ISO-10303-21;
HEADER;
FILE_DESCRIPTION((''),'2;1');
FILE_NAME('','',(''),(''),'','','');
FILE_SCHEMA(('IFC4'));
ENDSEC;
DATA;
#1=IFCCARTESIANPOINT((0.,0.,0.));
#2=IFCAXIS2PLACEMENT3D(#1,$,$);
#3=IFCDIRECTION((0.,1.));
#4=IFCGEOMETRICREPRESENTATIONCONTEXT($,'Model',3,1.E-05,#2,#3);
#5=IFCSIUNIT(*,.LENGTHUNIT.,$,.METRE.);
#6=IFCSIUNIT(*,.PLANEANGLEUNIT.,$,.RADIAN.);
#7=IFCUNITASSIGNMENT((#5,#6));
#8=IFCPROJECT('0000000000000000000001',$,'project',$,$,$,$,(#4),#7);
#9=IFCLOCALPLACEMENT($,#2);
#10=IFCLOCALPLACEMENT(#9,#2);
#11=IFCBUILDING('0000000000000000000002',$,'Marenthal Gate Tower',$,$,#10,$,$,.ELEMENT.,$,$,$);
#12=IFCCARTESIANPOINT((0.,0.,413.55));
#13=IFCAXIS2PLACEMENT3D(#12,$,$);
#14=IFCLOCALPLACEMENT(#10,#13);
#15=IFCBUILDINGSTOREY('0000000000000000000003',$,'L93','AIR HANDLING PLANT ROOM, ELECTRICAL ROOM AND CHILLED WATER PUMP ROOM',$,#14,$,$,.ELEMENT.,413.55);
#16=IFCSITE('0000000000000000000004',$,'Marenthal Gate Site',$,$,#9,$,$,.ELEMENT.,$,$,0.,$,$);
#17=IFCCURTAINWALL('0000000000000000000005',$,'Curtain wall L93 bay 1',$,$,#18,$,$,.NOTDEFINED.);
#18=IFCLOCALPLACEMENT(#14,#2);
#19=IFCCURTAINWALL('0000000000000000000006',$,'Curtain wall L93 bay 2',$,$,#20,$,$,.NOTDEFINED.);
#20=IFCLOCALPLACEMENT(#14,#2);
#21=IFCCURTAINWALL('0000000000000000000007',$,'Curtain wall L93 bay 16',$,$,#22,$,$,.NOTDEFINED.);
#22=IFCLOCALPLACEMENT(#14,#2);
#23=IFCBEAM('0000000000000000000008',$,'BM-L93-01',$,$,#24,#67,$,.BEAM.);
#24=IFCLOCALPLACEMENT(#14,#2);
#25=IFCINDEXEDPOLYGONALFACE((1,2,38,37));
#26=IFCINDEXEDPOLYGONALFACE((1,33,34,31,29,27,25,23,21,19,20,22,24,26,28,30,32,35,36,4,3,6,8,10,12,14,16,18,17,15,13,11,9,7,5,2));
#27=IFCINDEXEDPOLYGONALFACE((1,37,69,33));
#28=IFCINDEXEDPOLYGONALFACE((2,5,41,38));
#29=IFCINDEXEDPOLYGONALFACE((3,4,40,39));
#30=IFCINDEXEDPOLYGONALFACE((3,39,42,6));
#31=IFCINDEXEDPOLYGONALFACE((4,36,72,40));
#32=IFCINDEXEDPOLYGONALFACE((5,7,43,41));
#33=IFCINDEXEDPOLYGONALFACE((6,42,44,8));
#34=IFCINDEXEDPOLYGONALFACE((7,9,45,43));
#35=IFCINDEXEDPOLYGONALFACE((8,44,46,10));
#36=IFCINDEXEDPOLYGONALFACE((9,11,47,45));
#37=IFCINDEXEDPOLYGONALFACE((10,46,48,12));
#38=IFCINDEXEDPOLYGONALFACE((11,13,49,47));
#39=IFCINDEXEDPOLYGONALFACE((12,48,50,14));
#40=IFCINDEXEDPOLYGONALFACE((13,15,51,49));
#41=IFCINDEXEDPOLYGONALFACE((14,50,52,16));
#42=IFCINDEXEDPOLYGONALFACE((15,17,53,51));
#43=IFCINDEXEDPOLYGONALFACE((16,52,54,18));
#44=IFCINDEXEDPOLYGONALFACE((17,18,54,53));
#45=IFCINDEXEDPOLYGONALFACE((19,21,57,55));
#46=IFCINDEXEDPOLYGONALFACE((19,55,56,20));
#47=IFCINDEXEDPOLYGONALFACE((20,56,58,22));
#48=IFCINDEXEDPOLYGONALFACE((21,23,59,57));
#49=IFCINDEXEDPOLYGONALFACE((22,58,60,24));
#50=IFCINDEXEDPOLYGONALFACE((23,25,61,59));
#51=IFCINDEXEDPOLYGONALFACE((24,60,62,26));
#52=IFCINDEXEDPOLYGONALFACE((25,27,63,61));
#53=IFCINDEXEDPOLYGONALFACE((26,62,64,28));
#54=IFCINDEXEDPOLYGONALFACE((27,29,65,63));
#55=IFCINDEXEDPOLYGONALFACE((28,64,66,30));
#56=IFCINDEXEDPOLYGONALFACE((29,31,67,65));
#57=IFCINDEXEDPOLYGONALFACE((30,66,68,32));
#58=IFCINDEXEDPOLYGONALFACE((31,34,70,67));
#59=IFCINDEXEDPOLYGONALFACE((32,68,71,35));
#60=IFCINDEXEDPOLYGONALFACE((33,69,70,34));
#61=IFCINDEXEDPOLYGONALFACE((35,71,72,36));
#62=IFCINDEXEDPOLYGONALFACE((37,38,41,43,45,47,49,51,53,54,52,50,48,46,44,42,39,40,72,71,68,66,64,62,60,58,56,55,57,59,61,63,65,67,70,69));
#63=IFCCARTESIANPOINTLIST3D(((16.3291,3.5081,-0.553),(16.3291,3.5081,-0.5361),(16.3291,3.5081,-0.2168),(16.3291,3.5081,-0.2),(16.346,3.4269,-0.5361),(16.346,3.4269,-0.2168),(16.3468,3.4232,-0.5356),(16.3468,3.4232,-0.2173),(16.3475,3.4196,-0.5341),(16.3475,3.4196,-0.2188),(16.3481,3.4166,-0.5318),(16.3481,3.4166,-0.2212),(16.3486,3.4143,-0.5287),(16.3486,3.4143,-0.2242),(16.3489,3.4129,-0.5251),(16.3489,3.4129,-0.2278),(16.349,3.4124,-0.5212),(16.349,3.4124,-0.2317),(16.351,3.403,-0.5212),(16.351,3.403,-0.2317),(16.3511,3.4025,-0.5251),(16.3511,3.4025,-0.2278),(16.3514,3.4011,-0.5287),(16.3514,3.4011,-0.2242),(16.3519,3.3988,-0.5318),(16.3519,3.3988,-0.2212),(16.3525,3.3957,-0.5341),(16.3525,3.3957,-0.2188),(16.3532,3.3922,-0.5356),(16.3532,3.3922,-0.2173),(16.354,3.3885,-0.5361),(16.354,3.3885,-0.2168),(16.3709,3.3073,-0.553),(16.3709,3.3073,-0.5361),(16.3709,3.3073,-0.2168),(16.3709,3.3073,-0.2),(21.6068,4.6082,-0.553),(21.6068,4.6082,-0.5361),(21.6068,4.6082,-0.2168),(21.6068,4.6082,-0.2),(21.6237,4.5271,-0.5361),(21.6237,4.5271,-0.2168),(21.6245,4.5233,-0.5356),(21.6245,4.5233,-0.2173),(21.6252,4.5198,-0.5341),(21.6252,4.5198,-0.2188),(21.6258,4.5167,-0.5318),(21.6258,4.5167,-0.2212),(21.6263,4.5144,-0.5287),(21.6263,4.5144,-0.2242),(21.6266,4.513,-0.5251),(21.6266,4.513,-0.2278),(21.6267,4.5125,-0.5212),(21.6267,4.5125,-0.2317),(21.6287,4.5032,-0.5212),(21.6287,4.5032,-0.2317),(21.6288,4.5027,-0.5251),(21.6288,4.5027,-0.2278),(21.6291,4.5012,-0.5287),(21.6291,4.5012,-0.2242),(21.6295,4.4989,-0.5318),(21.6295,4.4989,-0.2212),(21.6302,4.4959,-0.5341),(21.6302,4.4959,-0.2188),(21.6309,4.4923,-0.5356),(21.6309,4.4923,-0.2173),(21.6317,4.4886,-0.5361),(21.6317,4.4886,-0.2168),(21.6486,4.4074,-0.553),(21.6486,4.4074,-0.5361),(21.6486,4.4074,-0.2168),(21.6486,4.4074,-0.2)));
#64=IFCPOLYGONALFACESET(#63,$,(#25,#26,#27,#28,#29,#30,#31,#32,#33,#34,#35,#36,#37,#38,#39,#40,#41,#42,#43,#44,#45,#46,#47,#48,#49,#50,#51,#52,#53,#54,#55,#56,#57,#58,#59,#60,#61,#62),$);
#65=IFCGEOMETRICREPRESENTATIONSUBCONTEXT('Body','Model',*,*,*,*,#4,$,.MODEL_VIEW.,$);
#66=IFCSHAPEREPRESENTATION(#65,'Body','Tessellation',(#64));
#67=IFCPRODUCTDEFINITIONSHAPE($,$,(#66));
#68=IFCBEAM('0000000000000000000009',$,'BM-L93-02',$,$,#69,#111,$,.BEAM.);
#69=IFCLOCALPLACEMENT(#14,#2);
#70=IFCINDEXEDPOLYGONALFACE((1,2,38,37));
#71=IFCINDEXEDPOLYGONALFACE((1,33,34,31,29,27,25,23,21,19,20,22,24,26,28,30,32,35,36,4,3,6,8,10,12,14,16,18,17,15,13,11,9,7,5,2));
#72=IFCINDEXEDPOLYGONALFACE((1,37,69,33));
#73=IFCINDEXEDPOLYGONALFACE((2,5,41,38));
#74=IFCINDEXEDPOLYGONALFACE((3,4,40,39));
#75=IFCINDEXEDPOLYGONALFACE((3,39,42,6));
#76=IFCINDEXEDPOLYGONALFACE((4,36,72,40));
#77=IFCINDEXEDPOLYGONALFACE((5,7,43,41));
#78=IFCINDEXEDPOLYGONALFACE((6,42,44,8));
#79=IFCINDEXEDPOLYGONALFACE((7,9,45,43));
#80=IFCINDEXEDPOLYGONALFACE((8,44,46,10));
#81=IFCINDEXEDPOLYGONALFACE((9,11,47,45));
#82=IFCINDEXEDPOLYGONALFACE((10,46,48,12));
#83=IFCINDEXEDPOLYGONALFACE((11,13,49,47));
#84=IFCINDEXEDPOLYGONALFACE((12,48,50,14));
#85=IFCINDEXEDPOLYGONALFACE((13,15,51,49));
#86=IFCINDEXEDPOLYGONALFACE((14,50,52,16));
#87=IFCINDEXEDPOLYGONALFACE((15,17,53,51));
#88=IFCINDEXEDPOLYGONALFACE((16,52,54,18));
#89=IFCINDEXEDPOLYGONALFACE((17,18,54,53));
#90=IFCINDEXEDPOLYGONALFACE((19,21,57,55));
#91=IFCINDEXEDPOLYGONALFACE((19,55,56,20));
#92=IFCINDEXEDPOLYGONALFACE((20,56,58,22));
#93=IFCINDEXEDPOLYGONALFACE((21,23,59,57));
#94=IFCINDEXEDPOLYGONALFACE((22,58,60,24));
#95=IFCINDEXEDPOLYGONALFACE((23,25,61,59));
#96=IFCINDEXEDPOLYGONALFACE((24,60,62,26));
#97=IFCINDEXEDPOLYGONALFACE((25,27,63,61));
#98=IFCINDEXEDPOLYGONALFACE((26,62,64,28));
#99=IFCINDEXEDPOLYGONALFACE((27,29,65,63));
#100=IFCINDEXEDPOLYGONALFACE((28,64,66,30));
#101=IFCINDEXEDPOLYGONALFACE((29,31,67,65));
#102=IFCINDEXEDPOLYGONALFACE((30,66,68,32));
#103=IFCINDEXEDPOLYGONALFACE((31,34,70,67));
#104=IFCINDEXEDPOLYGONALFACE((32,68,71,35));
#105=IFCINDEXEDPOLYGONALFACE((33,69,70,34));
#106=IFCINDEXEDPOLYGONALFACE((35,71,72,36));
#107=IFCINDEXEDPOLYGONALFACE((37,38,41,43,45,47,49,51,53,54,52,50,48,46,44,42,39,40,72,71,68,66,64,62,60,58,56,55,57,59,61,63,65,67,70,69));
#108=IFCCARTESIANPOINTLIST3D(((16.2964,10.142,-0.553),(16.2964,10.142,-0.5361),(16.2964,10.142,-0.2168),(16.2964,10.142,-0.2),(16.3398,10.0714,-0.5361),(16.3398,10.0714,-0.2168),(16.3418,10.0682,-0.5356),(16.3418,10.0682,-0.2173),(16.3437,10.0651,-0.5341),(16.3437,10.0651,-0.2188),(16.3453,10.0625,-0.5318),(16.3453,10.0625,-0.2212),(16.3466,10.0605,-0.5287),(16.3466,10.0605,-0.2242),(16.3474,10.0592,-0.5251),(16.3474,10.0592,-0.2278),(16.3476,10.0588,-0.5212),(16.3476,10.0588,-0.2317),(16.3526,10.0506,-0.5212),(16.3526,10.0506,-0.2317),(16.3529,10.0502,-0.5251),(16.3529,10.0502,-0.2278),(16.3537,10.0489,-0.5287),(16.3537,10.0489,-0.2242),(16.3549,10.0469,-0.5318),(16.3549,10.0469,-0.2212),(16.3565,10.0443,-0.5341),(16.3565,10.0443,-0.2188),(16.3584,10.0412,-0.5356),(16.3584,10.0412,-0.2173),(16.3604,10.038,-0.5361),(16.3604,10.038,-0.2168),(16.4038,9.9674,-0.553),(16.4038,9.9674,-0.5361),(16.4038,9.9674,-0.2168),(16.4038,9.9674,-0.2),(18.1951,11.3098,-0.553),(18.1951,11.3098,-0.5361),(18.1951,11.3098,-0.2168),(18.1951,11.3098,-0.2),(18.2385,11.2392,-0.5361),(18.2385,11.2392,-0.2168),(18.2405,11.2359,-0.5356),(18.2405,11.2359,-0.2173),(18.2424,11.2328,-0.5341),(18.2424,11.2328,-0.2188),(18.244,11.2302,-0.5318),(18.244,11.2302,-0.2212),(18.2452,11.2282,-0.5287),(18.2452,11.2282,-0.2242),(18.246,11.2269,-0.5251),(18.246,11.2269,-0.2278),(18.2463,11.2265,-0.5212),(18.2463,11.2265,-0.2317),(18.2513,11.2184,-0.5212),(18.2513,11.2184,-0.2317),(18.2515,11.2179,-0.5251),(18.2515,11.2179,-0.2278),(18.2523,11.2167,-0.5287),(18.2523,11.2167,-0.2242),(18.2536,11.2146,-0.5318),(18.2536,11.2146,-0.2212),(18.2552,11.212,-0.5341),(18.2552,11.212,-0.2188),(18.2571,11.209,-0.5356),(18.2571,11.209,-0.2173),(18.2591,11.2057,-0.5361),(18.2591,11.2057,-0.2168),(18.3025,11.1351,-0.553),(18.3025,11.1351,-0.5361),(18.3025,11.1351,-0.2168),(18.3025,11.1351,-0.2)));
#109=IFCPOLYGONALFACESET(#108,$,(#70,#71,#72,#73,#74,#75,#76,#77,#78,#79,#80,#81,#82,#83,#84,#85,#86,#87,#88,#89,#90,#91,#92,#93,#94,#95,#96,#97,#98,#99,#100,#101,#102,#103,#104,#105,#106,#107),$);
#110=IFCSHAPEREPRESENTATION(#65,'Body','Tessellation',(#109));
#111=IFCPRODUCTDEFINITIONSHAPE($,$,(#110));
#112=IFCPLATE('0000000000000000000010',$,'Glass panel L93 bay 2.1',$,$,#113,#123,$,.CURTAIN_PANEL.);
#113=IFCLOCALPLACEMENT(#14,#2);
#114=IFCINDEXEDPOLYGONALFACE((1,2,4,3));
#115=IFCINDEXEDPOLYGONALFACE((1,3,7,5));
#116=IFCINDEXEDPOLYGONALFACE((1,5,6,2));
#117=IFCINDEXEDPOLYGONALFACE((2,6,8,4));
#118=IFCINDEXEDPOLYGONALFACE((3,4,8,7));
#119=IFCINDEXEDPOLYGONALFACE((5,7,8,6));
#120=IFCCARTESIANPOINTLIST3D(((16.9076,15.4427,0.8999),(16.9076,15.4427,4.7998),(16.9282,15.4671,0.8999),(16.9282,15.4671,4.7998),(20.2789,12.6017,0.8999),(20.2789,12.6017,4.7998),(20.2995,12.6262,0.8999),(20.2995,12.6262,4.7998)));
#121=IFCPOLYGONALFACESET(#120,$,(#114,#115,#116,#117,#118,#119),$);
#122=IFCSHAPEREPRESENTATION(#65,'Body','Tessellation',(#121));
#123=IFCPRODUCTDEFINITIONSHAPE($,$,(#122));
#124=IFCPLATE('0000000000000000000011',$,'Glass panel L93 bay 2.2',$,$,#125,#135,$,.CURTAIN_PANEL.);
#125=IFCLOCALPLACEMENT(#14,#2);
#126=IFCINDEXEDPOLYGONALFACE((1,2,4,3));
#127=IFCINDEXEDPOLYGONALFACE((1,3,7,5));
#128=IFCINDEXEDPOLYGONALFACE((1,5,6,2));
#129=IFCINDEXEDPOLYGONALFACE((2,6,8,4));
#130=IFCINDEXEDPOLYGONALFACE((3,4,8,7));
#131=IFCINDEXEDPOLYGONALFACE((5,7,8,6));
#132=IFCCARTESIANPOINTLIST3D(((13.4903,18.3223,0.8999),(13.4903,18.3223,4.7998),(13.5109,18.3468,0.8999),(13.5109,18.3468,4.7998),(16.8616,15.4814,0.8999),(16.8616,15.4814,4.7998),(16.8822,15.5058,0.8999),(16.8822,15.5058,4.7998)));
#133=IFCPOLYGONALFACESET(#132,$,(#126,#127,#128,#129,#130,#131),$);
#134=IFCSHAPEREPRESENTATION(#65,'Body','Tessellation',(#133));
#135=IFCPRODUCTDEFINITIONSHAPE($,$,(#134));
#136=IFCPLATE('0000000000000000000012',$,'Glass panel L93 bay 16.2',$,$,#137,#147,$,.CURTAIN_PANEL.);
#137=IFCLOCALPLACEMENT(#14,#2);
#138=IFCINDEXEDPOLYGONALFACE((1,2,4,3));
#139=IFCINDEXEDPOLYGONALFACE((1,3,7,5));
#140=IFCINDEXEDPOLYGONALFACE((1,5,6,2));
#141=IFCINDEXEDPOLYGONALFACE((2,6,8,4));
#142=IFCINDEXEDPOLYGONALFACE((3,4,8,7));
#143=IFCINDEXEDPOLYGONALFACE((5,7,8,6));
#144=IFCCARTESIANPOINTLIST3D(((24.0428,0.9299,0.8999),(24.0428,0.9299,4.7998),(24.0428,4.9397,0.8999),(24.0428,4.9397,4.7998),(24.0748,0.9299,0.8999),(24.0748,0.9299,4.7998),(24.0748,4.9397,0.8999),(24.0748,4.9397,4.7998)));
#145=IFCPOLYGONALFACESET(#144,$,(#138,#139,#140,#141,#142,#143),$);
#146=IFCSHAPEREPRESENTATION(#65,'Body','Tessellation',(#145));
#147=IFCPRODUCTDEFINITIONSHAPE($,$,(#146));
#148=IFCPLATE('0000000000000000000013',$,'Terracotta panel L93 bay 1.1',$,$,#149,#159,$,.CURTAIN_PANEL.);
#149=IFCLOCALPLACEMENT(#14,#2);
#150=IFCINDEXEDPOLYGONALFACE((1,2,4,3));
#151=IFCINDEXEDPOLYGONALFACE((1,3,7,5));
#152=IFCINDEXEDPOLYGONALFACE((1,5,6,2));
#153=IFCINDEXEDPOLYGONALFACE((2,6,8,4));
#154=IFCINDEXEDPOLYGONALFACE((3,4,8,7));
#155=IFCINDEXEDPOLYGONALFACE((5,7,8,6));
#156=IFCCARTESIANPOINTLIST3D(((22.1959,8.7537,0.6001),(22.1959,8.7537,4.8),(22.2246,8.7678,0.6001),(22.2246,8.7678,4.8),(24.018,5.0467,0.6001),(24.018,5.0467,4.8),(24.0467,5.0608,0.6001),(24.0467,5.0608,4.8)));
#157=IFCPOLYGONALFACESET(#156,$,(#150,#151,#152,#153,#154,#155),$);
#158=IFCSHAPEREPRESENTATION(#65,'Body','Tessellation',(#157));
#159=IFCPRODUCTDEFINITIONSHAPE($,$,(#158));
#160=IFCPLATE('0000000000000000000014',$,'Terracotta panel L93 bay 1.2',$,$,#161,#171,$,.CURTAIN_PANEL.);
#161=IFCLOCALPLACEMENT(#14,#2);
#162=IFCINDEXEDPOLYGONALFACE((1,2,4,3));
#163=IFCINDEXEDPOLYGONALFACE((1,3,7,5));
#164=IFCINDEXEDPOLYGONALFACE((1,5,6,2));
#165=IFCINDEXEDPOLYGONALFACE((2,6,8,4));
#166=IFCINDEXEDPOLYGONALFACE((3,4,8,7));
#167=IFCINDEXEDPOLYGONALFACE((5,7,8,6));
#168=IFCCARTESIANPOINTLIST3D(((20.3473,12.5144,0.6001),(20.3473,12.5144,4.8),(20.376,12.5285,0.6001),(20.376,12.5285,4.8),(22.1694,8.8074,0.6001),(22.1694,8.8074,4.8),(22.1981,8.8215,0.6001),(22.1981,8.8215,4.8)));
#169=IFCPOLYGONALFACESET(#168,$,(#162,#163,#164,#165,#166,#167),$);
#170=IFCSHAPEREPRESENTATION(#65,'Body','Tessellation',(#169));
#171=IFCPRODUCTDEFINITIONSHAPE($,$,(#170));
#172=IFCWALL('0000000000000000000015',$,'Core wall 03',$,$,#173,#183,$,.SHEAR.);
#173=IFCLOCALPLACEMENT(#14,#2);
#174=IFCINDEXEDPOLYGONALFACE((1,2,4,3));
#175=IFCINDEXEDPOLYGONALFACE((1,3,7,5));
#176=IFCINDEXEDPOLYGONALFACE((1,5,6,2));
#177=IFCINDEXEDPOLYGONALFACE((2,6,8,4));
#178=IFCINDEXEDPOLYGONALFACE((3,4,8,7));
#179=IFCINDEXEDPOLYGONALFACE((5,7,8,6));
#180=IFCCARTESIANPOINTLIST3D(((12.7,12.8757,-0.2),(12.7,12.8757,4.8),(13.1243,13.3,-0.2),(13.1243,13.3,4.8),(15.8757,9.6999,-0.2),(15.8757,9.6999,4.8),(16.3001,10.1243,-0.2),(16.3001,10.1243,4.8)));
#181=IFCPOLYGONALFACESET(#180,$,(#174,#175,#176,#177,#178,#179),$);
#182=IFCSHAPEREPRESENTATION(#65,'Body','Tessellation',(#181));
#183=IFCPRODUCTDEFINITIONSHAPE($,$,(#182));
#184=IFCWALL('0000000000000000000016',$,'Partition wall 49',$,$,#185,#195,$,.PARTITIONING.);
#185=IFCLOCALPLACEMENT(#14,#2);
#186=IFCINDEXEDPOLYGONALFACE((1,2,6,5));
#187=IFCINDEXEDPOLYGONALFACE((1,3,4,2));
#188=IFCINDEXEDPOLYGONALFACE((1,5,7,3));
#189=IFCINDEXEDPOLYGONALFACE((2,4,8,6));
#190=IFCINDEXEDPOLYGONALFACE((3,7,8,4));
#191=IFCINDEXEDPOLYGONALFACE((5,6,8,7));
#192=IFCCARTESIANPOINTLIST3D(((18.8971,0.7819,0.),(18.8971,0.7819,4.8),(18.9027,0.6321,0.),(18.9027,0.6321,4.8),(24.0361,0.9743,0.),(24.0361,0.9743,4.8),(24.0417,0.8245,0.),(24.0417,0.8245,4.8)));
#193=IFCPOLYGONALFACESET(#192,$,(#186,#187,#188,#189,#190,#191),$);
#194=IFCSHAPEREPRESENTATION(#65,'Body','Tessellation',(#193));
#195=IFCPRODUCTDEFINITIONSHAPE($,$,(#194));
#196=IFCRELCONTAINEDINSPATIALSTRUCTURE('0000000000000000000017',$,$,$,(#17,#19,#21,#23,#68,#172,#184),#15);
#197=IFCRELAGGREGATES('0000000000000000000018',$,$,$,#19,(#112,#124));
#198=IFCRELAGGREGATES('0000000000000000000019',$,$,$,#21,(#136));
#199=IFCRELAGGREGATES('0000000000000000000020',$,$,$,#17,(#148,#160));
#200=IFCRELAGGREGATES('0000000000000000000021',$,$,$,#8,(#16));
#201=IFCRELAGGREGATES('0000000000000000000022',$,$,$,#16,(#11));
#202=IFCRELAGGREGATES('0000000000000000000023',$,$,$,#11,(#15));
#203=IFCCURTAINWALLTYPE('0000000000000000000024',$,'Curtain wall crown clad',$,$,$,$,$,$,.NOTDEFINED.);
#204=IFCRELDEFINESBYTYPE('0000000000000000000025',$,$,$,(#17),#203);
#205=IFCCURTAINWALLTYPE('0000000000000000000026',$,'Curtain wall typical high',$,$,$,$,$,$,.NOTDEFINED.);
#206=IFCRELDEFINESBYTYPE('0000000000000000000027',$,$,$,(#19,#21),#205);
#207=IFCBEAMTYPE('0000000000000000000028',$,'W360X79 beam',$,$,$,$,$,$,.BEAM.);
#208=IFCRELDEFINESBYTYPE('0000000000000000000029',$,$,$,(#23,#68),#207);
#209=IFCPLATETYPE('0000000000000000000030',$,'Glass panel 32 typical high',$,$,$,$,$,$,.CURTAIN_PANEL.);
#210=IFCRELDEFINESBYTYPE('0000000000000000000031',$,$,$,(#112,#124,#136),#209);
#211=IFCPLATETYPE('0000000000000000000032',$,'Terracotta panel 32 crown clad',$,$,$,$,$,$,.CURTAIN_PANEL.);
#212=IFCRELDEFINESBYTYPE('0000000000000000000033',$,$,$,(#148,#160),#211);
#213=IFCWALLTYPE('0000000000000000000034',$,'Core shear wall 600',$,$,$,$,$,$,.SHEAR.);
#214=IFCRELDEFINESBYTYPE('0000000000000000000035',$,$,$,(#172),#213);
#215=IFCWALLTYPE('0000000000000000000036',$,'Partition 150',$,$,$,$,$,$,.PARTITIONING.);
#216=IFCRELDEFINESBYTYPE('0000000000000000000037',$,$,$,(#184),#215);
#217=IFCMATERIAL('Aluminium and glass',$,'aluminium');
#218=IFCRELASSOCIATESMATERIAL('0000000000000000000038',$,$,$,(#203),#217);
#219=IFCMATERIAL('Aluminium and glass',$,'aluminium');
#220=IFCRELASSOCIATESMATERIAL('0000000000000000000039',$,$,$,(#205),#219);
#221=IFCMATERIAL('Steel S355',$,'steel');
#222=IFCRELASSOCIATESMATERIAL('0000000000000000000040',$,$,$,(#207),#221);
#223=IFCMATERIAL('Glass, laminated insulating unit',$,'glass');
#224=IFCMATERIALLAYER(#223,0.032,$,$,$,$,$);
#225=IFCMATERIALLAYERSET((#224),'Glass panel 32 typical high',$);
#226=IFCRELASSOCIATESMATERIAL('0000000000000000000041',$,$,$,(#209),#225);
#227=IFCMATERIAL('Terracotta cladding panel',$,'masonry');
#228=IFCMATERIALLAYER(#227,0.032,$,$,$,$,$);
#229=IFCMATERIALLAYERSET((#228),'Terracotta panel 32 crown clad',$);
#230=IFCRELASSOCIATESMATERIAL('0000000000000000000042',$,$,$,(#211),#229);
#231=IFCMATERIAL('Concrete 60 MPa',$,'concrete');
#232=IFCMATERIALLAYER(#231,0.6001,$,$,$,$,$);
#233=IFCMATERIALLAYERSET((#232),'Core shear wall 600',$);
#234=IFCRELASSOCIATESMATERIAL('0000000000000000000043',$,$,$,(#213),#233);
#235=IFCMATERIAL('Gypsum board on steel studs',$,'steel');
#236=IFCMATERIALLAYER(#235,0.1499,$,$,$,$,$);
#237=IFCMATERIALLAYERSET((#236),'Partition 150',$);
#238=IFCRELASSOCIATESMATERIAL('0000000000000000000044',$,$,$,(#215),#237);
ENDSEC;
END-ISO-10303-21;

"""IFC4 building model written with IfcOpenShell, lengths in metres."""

from ifc_helpers import new_model, si_unit, direction, frame, frame_2d, origin, origin_2d, place, context, subcontext, project, spatial, rectangle, i_section, extrude, material, layer, layer_set, material_profile, profile_set, type_object, element, aggregate, save


model = new_model("IFC4")

# Units and contexts
model_context = context("Model", 3, precision=1e-05, world=origin(), true_north=direction((0.0, 1.0)))
body_context = subcontext(model_context, "Body", "Model", "MODEL_VIEW")
ifc_project = project(units=[si_unit("LENGTHUNIT", "METRE"), si_unit("PLANEANGLEUNIT", "RADIAN")], contexts=[model_context])

# Site, building, storey
site_placement = place(None, origin())
site = spatial("IfcSite", under=ifc_project, at=site_placement, Name="Marenthal Gate Site", CompositionType="ELEMENT", RefElevation=0.0)
building_placement = place(site_placement, origin())
building = spatial("IfcBuilding", under=site, at=building_placement, Name="Marenthal Gate Tower", CompositionType="ELEMENT")
storey_placement = place(building_placement, frame((0.0, 0.0, 413.55)))
storey = spatial("IfcBuildingStorey", under=building, at=storey_placement, Name="L93", Description="AIR HANDLING PLANT ROOM, ELECTRICAL ROOM AND CHILLED WATER PUMP ROOM", CompositionType="ELEMENT", Elevation=413.55)

# Curtain wall
ifc_material_1 = material(Name="Aluminium and glass", Category="aluminium")
curtain_wall_type_1 = type_object("IfcCurtainWallType", Name="Curtain wall crown clad", PredefinedType="NOTDEFINED", material=ifc_material_1)
curtain_wall_1_placement = place(storey_placement, origin())
curtain_wall_1 = element("IfcCurtainWall", 1, at=curtain_wall_1_placement, inside=storey, type_object=curtain_wall_type_1, Name="Curtain wall L93 bay 1", PredefinedType="NOTDEFINED")

# Curtain walls
ifc_material_2 = material(Name="Aluminium and glass", Category="aluminium")
curtain_wall_type_2 = type_object("IfcCurtainWallType", Name="Curtain wall typical high", PredefinedType="NOTDEFINED", material=ifc_material_2)
curtain_wall_2_placement = place(storey_placement, origin())
curtain_wall_2 = element("IfcCurtainWall", 2, at=curtain_wall_2_placement, inside=storey, type_object=curtain_wall_type_2, Name="Curtain wall L93 bay 2", PredefinedType="NOTDEFINED")
curtain_wall_3_placement = place(storey_placement, origin())
curtain_wall_3 = element("IfcCurtainWall", 3, at=curtain_wall_3_placement, inside=storey, type_object=curtain_wall_type_2, Name="Curtain wall L93 bay 16", PredefinedType="NOTDEFINED")

# Beams
ifc_material_3 = material(Name="Steel S355", Category="steel")
ifc_material_profile_1 = material_profile(ifc_material_3, i_section(OverallWidth=0.2051, OverallDepth=0.353, WebThickness=0.0095, FlangeThickness=0.0168, FilletRadius=0.0149, at=origin_2d()), Name="W360X79")
ifc_profile_set_1 = profile_set([ifc_material_profile_1], Name="Steel S355")
beam_type_1 = type_object("IfcBeamType", Name="W360X79 beam", PredefinedType="BEAM", material=ifc_profile_set_1)
beam_1_placement = place(storey_placement, frame((21.6277, 4.5078, -0.3765), z_axis=(-0.978958, -0.204061, 0.0), x_axis=(0.204061, -0.978958, 0.0)))
element("IfcBeam", 4, at=beam_1_placement, inside=storey, type_object=beam_type_1, Name="BM-L93-01", PredefinedType="BEAM", context=body_context, shape_type="SweptSolid", body=[
    extrude(i_section(OverallWidth=0.2051, OverallDepth=0.353, WebThickness=0.0095, FlangeThickness=0.0168, FilletRadius=0.0149, at=origin_2d()), origin(), (0.0, 0.0, 1.0), 5.3911),
])
beam_2_placement = place(storey_placement, frame((18.2488, 11.2224, -0.3765), z_axis=(-0.851797, -0.523871, 0.0), x_axis=(0.523871, -0.851797, 0.0)))
element("IfcBeam", 5, at=beam_2_placement, inside=storey, type_object=beam_type_1, Name="BM-L93-02", PredefinedType="BEAM", context=body_context, shape_type="SweptSolid", body=[
    extrude(i_section(OverallWidth=0.2051, OverallDepth=0.353, WebThickness=0.0095, FlangeThickness=0.0168, FilletRadius=0.0149, at=origin_2d()), origin(), (0.0, 0.0, 1.0), 2.229),
])

# Plates
ifc_material_4 = material(Name="Glass, laminated insulating unit", Category="glass")
ifc_layer_1 = layer(ifc_material_4, 0.032)
ifc_layer_set_1 = layer_set([ifc_layer_1], Name="Glass panel 32 typical high")
plate_type_1 = type_object("IfcPlateType", Name="Glass panel 32 typical high", PredefinedType="CURTAIN_PANEL", material=ifc_layer_set_1)
plate_1_placement = place(storey_placement, frame((18.6035, 14.0344, 0.8999), z_axis=(0.0, 0.0, 1.0), x_axis=(-0.764693, 0.644394, 0.0)))
plate_1 = element("IfcPlate", 6, at=plate_1_placement, type_object=plate_type_1, Name="Glass panel L93 bay 2.1", PredefinedType="CURTAIN_PANEL", context=body_context, shape_type="SweptSolid", body=[
    extrude(rectangle(XDim=4.4087, YDim=0.032, at=origin_2d()), origin(), (0.0, 0.0, 1.0), 3.8999),
])
plate_2_placement = place(storey_placement, frame((15.1863, 16.9141, 0.8999), z_axis=(0.0, 0.0, 1.0), x_axis=(-0.764693, 0.644394, 0.0)))
plate_2 = element("IfcPlate", 7, at=plate_2_placement, type_object=plate_type_1, Name="Glass panel L93 bay 2.2", PredefinedType="CURTAIN_PANEL", context=body_context, shape_type="SweptSolid", body=[
    extrude(rectangle(XDim=4.4087, YDim=0.032, at=origin_2d()), origin(), (0.0, 0.0, 1.0), 3.8999),
])
aggregate(curtain_wall_2, [plate_1, plate_2])
plate_3_placement = place(storey_placement, frame((24.0588, 2.9348, 0.8999), z_axis=(0.0, 0.0, 1.0), x_axis=(0.0, 1.0, 0.0)))
plate_3 = element("IfcPlate", 8, at=plate_3_placement, type_object=plate_type_1, Name="Glass panel L93 bay 16.2", PredefinedType="CURTAIN_PANEL", context=body_context, shape_type="SweptSolid", body=[
    extrude(rectangle(XDim=4.0098, YDim=0.032, at=origin_2d()), origin(), (0.0, 0.0, 1.0), 3.8999),
])
aggregate(curtain_wall_3, [plate_3])
ifc_material_5 = material(Name="Terracotta cladding panel", Category="masonry")
ifc_layer_2 = layer(ifc_material_5, 0.032)
ifc_layer_set_2 = layer_set([ifc_layer_2], Name="Terracotta panel 32 crown clad")
plate_type_2 = type_object("IfcPlateType", Name="Terracotta panel 32 crown clad", PredefinedType="CURTAIN_PANEL", material=ifc_layer_set_2)
plate_4_placement = place(storey_placement, frame((23.1213, 6.9072, 0.6001), z_axis=(0.0, 0.0, 1.0), x_axis=(-0.441124, 0.897446, 0.0)))
plate_4 = element("IfcPlate", 9, at=plate_4_placement, type_object=plate_type_2, Name="Terracotta panel L93 bay 1.1", PredefinedType="CURTAIN_PANEL", context=body_context, shape_type="SweptSolid", body=[
    extrude(rectangle(XDim=4.1306, YDim=0.032, at=origin_2d()), origin(), (0.0, 0.0, 1.0), 4.2),
])
plate_5_placement = place(storey_placement, frame((21.2727, 10.668, 0.6001), z_axis=(0.0, 0.0, 1.0), x_axis=(-0.441124, 0.897446, 0.0)))
plate_5 = element("IfcPlate", 10, at=plate_5_placement, type_object=plate_type_2, Name="Terracotta panel L93 bay 1.2", PredefinedType="CURTAIN_PANEL", context=body_context, shape_type="SweptSolid", body=[
    extrude(rectangle(XDim=4.1306, YDim=0.032, at=origin_2d()), origin(), (0.0, 0.0, 1.0), 4.2),
])
aggregate(curtain_wall_1, [plate_4, plate_5])

# Walls
ifc_material_6 = material(Name="Concrete 60 MPa", Category="concrete")
ifc_layer_3 = layer(ifc_material_6, 0.6001)
ifc_layer_set_3 = layer_set([ifc_layer_3], Name="Core shear wall 600")
wall_type_1 = type_object("IfcWallType", Name="Core shear wall 600", PredefinedType="SHEAR", material=ifc_layer_set_3)
wall_1_placement = place(storey_placement, frame((16.0879, 9.9121, -0.2), z_axis=(0.0, 0.0, 1.0), x_axis=(-0.707107, 0.707107, 0.0)))
element("IfcWall", 11, at=wall_1_placement, inside=storey, type_object=wall_type_1, Name="Core wall 03", PredefinedType="SHEAR", context=body_context, shape_type="SweptSolid", body=[
    extrude(rectangle(XDim=4.4912, YDim=0.6001, at=frame_2d((2.2456, 0.0))), origin(), (0.0, 0.0, 1.0), 5.0),
])
ifc_material_7 = material(Name="Gypsum board on steel studs", Category="steel")
ifc_layer_4 = layer(ifc_material_7, 0.1499)
ifc_layer_set_4 = layer_set([ifc_layer_4], Name="Partition 150")
wall_type_2 = type_object("IfcWallType", Name="Partition 150", PredefinedType="PARTITIONING", material=ifc_layer_set_4)
wall_2_placement = place(storey_placement, frame((18.8999, 0.707, 0.0), z_axis=(0.0, 0.0, 1.0), x_axis=(0.9993, 0.03741, 0.0)))
element("IfcWall", 12, at=wall_2_placement, inside=storey, type_object=wall_type_2, Name="Partition wall 49", PredefinedType="PARTITIONING", context=body_context, shape_type="SweptSolid", body=[
    extrude(rectangle(XDim=5.1426, YDim=0.1499, at=frame_2d((2.5713, 0.0))), origin(), (0.0, 0.0, 1.0), 4.8),
])

save(model, "model.ifc")
